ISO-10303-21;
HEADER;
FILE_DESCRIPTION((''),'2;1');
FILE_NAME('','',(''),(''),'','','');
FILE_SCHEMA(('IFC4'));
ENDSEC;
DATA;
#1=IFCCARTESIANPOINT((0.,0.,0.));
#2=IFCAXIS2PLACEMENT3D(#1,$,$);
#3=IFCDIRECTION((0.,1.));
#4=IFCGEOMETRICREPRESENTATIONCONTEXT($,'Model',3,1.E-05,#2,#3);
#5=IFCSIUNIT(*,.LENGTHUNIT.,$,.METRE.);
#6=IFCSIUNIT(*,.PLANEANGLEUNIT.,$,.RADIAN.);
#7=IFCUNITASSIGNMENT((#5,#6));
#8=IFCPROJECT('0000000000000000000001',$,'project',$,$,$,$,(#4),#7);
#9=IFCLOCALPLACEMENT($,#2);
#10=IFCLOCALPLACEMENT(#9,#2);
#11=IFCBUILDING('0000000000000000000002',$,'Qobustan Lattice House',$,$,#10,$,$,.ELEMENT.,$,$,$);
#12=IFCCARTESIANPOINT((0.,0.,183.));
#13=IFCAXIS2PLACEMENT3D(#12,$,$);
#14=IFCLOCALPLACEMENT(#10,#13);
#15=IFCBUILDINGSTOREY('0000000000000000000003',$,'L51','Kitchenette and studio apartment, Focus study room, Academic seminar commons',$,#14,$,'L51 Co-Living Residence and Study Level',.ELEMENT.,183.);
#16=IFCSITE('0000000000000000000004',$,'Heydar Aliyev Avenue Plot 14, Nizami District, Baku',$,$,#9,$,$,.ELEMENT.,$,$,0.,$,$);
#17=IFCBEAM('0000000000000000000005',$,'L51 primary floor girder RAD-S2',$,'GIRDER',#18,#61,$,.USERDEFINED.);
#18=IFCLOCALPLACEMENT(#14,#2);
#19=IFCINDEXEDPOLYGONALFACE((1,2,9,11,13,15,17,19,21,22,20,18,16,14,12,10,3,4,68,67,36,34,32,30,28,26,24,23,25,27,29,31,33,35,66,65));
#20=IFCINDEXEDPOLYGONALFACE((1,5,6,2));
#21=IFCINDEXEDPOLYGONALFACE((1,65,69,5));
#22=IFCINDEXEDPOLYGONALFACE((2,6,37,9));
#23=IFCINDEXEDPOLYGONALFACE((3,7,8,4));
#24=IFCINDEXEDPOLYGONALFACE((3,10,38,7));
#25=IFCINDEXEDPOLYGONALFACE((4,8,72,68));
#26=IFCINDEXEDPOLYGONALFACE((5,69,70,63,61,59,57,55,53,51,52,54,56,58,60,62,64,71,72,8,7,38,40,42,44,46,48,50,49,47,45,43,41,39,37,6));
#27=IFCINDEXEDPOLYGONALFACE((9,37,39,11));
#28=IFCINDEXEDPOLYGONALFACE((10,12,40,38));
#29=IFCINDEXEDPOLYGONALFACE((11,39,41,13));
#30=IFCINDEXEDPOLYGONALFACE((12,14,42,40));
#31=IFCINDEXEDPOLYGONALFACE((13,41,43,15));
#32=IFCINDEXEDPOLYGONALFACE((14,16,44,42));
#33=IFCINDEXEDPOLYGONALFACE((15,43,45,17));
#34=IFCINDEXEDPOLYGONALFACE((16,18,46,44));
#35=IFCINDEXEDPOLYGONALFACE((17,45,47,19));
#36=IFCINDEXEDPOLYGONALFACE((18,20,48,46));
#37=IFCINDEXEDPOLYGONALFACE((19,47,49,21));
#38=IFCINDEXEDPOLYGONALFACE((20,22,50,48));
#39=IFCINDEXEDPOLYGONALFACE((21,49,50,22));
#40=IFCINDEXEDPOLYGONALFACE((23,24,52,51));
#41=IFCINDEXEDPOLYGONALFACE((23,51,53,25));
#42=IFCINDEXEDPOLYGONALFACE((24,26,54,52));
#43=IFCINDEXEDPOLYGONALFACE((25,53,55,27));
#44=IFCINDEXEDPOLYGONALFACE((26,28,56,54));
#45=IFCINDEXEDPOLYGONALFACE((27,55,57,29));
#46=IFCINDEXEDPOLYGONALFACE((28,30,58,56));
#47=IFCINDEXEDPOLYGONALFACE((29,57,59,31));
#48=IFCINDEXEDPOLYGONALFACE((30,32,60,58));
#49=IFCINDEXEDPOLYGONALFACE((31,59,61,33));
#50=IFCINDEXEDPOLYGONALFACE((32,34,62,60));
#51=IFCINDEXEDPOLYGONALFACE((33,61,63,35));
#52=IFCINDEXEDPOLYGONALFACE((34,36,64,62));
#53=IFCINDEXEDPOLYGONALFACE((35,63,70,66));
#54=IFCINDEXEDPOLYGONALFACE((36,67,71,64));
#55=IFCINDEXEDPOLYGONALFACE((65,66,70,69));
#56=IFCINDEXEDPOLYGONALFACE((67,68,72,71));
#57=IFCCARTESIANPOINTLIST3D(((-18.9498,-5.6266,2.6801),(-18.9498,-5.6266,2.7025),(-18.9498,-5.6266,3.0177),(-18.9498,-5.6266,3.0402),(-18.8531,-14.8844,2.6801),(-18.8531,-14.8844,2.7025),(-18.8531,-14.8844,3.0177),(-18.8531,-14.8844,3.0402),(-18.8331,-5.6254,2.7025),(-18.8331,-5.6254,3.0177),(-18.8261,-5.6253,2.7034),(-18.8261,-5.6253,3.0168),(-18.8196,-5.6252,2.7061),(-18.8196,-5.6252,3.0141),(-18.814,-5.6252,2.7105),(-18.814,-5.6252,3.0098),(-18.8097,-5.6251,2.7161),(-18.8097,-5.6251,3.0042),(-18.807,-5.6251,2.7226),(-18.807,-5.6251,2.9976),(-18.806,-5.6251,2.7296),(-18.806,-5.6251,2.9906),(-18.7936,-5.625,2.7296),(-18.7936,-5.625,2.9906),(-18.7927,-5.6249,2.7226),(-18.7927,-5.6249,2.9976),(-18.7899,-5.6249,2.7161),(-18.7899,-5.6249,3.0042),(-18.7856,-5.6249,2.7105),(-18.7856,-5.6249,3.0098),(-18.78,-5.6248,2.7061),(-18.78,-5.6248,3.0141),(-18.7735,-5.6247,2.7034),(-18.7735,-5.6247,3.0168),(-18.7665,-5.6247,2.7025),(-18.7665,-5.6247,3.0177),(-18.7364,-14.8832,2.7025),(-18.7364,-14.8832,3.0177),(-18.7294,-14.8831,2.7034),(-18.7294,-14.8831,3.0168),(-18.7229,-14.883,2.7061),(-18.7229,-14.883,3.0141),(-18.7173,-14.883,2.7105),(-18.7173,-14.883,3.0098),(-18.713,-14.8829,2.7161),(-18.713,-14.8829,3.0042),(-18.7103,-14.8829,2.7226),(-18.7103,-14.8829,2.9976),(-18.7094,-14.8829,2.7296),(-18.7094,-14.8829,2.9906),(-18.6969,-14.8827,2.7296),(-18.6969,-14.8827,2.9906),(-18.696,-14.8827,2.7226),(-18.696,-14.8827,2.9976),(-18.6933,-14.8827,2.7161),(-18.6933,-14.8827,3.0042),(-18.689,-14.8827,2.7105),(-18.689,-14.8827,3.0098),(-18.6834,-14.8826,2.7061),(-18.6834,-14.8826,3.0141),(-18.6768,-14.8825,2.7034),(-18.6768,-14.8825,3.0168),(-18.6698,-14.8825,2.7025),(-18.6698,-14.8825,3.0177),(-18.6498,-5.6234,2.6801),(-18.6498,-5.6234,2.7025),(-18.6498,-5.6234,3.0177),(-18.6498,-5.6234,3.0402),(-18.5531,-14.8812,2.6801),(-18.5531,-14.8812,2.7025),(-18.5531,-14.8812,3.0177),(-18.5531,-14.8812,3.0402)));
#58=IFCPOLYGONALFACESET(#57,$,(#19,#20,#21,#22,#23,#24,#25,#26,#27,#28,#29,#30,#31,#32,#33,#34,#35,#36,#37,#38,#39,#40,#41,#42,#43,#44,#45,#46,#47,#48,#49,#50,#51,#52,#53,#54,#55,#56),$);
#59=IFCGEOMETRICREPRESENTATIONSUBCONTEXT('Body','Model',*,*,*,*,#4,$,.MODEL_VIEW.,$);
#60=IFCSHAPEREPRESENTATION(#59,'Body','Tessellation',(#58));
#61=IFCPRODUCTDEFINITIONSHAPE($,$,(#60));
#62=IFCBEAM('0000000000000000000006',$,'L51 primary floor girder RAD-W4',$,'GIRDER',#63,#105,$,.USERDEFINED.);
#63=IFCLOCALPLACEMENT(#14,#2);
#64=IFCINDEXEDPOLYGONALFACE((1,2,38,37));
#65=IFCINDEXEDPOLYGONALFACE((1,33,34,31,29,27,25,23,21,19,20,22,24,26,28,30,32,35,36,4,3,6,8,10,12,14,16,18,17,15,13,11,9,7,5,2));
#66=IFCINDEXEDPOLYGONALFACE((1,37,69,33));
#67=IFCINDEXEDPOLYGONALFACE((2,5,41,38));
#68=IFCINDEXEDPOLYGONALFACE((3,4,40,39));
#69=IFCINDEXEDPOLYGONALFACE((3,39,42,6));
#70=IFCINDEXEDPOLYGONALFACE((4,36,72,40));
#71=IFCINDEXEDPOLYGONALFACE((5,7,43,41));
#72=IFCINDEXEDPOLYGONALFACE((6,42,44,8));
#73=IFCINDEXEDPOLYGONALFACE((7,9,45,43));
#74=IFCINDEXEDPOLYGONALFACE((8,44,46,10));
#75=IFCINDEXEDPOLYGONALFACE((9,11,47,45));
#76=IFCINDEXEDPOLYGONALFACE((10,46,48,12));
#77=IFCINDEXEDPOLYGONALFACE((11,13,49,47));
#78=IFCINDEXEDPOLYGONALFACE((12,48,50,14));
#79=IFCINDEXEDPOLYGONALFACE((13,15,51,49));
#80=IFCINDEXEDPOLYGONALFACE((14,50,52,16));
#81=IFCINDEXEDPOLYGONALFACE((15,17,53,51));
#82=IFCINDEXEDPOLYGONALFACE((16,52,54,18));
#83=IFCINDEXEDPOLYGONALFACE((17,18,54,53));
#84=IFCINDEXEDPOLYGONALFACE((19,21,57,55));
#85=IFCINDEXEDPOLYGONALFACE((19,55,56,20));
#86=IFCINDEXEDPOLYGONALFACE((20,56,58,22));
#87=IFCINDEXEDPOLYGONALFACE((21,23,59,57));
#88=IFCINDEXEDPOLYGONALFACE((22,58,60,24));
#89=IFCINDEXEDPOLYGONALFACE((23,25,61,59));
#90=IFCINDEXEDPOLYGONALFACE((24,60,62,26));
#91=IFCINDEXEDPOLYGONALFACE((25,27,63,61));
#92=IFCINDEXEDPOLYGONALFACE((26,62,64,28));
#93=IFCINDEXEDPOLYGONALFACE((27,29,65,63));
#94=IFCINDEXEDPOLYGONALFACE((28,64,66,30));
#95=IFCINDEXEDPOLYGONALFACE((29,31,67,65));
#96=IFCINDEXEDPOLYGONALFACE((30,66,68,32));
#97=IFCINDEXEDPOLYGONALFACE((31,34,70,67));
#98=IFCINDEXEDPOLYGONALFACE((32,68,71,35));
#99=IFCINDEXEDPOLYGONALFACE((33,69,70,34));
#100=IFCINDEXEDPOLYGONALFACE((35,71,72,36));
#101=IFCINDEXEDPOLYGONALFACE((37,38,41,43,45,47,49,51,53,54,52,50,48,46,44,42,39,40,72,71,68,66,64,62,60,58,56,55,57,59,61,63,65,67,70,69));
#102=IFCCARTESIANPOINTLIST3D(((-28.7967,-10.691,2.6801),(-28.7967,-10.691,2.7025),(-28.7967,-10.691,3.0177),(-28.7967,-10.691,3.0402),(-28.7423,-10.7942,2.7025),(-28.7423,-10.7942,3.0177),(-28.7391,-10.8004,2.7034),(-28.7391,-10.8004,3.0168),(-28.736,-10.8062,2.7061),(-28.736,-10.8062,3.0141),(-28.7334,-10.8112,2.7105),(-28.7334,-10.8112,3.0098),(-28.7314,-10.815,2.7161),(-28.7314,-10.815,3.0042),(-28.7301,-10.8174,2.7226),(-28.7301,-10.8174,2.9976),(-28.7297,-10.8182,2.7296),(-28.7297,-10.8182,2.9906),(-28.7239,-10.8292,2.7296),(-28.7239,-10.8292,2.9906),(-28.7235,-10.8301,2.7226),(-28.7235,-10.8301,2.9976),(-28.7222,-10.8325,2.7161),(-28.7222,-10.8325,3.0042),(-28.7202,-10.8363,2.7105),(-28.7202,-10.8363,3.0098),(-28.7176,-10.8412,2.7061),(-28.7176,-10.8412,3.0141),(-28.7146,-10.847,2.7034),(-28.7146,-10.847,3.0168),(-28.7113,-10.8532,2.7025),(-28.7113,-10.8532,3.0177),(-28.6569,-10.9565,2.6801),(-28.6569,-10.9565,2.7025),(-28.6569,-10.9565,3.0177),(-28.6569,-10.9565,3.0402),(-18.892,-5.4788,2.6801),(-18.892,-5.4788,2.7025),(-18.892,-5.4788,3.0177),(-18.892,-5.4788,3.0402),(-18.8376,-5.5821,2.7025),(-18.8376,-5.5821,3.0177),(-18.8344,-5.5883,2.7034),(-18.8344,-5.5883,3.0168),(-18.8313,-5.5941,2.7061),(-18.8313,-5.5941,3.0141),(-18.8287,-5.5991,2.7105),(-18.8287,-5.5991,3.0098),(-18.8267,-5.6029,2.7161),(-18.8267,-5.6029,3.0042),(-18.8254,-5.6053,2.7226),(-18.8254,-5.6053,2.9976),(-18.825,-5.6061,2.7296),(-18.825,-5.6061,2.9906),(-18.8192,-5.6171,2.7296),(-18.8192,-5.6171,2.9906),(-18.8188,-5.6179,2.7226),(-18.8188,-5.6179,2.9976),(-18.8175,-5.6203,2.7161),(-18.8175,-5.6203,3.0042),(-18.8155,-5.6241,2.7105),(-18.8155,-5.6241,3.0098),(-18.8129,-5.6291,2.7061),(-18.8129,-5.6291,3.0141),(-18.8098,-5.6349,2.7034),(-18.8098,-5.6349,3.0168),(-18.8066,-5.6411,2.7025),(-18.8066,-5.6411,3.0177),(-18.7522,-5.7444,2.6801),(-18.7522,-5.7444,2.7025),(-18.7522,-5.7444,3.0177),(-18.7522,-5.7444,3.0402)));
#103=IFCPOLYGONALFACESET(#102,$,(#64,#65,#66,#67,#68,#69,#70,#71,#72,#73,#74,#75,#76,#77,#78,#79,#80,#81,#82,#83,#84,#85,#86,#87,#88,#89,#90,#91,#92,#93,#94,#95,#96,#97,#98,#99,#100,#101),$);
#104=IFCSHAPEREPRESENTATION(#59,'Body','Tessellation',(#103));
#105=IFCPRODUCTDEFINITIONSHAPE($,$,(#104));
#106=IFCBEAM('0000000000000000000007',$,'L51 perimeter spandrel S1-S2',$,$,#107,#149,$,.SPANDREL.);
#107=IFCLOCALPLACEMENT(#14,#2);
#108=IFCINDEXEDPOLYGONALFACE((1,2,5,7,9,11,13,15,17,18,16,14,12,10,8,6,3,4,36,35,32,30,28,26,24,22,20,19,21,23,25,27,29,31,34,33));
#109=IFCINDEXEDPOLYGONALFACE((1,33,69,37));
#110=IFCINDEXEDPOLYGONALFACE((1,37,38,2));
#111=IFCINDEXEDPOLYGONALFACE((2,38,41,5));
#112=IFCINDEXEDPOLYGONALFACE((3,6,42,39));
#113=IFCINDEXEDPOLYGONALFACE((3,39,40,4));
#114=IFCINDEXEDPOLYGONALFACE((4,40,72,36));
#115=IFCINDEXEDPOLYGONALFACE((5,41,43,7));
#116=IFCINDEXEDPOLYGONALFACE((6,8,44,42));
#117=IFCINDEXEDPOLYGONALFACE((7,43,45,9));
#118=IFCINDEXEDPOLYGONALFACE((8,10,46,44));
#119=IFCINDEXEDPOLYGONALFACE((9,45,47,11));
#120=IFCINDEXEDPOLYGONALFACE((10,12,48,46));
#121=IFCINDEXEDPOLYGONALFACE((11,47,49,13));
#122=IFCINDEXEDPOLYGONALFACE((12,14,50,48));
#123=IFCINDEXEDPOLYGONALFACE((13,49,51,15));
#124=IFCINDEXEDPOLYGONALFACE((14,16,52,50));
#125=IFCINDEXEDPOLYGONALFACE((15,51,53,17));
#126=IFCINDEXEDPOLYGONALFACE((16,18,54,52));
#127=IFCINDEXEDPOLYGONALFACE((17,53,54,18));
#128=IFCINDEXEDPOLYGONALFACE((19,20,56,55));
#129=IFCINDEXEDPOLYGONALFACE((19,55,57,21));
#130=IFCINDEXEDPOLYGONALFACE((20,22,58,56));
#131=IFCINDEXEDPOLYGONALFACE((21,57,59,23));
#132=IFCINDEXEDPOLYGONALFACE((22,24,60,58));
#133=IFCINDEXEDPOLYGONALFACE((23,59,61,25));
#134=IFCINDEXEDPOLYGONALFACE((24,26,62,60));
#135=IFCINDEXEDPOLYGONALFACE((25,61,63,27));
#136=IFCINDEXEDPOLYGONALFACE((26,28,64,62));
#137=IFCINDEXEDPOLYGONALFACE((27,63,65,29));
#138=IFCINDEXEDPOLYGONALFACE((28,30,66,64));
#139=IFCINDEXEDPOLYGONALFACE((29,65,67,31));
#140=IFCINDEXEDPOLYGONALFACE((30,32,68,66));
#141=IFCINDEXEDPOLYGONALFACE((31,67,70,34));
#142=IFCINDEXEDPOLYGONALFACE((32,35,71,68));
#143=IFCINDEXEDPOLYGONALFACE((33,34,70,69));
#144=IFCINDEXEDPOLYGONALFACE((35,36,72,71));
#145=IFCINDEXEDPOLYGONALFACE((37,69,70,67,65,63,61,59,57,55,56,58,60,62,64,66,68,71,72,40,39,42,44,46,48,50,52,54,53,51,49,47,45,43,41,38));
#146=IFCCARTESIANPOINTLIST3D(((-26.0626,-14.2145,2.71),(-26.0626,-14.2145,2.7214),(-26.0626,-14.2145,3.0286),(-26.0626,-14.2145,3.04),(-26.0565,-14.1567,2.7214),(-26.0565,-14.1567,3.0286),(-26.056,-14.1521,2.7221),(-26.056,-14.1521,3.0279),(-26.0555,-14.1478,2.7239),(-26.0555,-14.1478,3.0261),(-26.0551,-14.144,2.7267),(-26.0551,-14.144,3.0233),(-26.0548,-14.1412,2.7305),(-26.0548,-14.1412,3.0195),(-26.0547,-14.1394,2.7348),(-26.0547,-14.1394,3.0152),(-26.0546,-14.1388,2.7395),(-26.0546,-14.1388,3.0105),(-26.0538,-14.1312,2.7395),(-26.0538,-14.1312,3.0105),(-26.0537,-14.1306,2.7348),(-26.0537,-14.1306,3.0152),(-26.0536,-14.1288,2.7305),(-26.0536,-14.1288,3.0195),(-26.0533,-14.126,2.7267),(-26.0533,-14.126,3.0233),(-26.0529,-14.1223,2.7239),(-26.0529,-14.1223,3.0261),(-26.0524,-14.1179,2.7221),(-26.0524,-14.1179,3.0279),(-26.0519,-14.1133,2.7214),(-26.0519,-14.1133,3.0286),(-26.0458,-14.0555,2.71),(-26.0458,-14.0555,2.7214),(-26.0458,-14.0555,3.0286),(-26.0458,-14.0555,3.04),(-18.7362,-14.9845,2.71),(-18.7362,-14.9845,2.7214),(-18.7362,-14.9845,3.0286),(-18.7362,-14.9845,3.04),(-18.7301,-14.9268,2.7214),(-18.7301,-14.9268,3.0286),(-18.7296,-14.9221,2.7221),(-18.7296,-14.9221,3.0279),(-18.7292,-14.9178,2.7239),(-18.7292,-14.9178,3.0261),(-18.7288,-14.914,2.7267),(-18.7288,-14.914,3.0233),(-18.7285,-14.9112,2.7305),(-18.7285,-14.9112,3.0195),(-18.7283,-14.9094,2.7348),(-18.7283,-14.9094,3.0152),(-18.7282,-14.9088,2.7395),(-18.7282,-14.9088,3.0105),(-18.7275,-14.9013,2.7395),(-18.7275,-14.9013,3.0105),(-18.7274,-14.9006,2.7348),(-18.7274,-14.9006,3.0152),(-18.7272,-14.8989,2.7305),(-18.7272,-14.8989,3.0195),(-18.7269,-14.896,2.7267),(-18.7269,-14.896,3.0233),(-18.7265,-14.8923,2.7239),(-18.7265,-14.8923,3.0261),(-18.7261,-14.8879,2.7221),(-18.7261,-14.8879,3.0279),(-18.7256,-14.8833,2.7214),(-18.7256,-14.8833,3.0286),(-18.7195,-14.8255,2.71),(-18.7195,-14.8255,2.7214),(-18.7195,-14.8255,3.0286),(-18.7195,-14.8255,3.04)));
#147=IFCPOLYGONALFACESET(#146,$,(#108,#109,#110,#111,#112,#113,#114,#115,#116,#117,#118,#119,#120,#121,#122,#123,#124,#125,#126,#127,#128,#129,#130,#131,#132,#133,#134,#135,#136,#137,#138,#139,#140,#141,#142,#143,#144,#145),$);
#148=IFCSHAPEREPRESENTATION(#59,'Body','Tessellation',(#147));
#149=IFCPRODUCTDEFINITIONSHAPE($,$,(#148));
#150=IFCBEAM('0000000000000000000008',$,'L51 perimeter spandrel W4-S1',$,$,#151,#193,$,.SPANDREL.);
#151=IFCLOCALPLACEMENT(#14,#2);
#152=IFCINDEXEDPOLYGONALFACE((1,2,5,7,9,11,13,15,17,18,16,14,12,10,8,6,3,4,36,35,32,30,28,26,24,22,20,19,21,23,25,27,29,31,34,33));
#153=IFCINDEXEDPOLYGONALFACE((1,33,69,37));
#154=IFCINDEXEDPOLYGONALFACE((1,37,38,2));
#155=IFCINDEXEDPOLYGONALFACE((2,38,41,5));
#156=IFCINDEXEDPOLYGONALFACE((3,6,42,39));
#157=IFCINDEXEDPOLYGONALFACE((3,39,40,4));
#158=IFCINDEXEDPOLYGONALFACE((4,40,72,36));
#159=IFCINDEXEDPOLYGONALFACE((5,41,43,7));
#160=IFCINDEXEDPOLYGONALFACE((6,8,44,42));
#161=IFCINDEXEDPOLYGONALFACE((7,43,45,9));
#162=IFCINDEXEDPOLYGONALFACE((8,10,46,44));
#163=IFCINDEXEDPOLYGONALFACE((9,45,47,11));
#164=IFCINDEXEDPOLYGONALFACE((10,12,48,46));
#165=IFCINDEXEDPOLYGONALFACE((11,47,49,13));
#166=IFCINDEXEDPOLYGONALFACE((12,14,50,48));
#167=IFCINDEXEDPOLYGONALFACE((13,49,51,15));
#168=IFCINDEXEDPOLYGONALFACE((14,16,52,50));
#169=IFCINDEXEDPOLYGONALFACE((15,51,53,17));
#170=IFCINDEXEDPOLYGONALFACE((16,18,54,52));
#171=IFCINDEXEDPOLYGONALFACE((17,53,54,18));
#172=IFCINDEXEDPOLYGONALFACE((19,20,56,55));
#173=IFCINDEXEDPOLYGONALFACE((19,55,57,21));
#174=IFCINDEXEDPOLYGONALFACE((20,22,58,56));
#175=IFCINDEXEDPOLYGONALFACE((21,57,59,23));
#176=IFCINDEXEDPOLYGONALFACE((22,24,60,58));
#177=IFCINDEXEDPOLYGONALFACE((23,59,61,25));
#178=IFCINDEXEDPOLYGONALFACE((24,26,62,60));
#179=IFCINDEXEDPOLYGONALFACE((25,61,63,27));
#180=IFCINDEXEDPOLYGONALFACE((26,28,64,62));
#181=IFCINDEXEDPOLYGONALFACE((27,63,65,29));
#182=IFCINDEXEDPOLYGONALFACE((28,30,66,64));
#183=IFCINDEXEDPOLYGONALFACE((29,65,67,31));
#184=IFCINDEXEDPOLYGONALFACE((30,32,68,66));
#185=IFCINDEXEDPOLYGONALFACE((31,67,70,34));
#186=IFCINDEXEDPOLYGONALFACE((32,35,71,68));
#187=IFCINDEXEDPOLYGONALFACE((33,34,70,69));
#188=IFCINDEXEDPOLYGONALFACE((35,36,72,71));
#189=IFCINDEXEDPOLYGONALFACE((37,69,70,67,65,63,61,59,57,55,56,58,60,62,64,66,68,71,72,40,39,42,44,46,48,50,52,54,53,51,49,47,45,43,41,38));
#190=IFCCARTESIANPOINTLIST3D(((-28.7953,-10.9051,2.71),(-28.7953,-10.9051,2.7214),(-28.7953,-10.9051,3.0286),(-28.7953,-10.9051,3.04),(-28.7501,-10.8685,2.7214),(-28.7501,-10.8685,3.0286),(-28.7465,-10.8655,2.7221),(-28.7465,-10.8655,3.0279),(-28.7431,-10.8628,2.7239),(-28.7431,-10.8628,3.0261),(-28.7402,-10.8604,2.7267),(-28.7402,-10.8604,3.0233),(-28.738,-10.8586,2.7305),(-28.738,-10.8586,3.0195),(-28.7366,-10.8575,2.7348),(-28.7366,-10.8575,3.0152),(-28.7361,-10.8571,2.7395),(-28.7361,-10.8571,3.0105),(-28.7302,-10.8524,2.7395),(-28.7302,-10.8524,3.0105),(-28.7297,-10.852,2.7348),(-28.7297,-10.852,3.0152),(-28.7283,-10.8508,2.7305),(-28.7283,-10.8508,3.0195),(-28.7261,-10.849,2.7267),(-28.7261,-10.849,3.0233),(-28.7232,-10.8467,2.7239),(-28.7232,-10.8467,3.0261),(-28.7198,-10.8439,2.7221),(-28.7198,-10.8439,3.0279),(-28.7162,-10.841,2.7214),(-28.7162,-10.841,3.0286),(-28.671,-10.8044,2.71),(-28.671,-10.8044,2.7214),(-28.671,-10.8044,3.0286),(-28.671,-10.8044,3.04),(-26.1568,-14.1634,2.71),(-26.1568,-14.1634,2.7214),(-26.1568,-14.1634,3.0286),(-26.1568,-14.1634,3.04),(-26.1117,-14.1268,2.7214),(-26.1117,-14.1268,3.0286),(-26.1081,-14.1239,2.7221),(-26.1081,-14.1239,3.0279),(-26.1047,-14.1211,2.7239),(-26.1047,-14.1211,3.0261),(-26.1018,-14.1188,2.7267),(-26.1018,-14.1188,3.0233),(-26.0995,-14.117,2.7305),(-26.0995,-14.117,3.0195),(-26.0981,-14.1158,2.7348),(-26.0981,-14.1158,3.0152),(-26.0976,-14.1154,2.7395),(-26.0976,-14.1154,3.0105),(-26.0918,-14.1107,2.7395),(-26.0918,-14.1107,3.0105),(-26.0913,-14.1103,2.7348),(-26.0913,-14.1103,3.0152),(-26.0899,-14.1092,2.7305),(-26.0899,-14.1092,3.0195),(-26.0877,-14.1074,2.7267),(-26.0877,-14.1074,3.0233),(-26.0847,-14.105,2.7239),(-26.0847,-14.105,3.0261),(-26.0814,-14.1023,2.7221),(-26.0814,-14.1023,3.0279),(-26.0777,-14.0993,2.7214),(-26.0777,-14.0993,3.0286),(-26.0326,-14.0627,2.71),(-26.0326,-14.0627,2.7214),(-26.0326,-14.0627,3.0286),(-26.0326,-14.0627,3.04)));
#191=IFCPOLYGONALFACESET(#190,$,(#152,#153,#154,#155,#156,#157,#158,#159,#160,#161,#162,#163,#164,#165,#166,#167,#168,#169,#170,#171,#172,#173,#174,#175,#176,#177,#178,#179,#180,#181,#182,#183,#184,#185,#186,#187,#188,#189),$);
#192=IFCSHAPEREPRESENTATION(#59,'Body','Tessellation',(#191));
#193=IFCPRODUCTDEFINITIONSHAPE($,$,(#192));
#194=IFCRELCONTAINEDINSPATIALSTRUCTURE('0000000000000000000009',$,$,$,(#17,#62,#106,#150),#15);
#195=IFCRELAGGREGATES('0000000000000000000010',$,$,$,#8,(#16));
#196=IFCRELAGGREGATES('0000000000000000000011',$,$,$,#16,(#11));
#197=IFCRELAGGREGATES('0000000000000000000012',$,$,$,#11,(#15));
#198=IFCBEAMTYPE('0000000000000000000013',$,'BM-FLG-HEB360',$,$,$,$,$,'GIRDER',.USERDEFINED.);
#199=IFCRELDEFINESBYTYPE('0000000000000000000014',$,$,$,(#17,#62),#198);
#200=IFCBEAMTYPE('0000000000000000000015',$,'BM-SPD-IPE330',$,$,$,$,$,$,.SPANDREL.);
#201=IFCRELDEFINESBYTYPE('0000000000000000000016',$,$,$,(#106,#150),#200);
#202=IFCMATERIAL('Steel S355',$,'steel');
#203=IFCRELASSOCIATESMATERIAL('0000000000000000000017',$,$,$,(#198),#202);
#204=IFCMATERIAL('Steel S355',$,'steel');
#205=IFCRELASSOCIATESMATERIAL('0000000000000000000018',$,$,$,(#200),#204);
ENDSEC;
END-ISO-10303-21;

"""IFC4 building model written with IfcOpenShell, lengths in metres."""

from ifc_helpers import new_model, si_unit, direction, frame, origin, origin_2d, place, context, subcontext, project, spatial, i_section, extrude, material, material_profile, profile_set, type_object, element, save


model = new_model("IFC4")

# Units and contexts
model_context = context("Model", 3, precision=1e-05, world=origin(), true_north=direction((0.0, 1.0)))
body_context = subcontext(model_context, "Body", "Model", "MODEL_VIEW")
ifc_project = project(units=[si_unit("LENGTHUNIT", "METRE"), si_unit("PLANEANGLEUNIT", "RADIAN")], contexts=[model_context])

# Site, building, storey
site_placement = place(None, origin())
site = spatial("IfcSite", under=ifc_project, at=site_placement, Name="Heydar Aliyev Avenue Plot 14, Nizami District, Baku", CompositionType="ELEMENT", RefElevation=0.0)
building_placement = place(site_placement, origin())
building = spatial("IfcBuilding", under=site, at=building_placement, Name="Qobustan Lattice House", CompositionType="ELEMENT")
storey_placement = place(building_placement, frame((0.0, 0.0, 183.0)))
storey = spatial("IfcBuildingStorey", under=building, at=storey_placement, Name="L51", Description="Kitchenette and studio apartment, Focus study room, Academic seminar commons", LongName="L51 Co-Living Residence and Study Level", CompositionType="ELEMENT", Elevation=183.0)

# Beams
ifc_material_1 = material(Name="Steel S355", Category="steel")
ifc_material_profile_1 = material_profile(ifc_material_1, i_section(OverallWidth=0.3, OverallDepth=0.3601, WebThickness=0.0125, FlangeThickness=0.0225, FilletRadius=0.0271, at=origin_2d()), Name="HEB360")
ifc_profile_set_1 = profile_set([ifc_material_profile_1], Name="Steel S355")
beam_type_1 = type_object("IfcBeamType", Name="BM-FLG-HEB360", ElementType="GIRDER", PredefinedType="USERDEFINED", material=ifc_profile_set_1)
beam_1_placement = place(storey_placement, frame((-18.7031, -14.8828, 2.8601), z_axis=(-0.010442, 0.999945, 0.0), x_axis=(-0.999945, -0.010442, 0.0)))
element("IfcBeam", 1, at=beam_1_placement, inside=storey, type_object=beam_type_1, Name="L51 primary floor girder RAD-S2", ObjectType="GIRDER", PredefinedType="USERDEFINED", context=body_context, shape_type="SweptSolid", body=[
    extrude(i_section(OverallWidth=0.3, OverallDepth=0.3601, WebThickness=0.0125, FlangeThickness=0.0225, FilletRadius=0.0271, at=origin_2d()), origin(), (0.0, 0.0, 1.0), 9.2583),
])
beam_2_placement = place(storey_placement, frame((-28.7268, -10.8237, 2.8601), z_axis=(0.884951, 0.465684, 0.0), x_axis=(-0.465684, 0.884951, 0.0)))
element("IfcBeam", 2, at=beam_2_placement, inside=storey, type_object=beam_type_1, Name="L51 primary floor girder RAD-W4", ObjectType="GIRDER", PredefinedType="USERDEFINED", context=body_context, shape_type="SweptSolid", body=[
    extrude(i_section(OverallWidth=0.3, OverallDepth=0.3601, WebThickness=0.0125, FlangeThickness=0.0225, FilletRadius=0.0271, at=origin_2d()), origin(), (0.0, 0.0, 1.0), 11.1924),
])
ifc_material_2 = material(Name="Steel S355", Category="steel")
ifc_material_profile_2 = material_profile(ifc_material_2, i_section(OverallWidth=0.1599, OverallDepth=0.3301, WebThickness=0.0076, FlangeThickness=0.0115, FilletRadius=0.0181, at=origin_2d()), Name="IPE330")
ifc_profile_set_2 = profile_set([ifc_material_profile_2], Name="Steel S355")
beam_type_2 = type_object("IfcBeamType", Name="BM-SPD-IPE330", PredefinedType="SPANDREL", material=ifc_profile_set_2)
beam_3_placement = place(storey_placement, frame((-26.0542, -14.135, 2.875), z_axis=(0.994522, -0.104526, 0.0), x_axis=(0.104526, 0.994522, 0.0)))
element("IfcBeam", 3, at=beam_3_placement, inside=storey, type_object=beam_type_2, Name="L51 perimeter spandrel S1-S2", PredefinedType="SPANDREL", context=body_context, shape_type="SweptSolid", body=[
    extrude(i_section(OverallWidth=0.1599, OverallDepth=0.3301, WebThickness=0.0076, FlangeThickness=0.0115, FilletRadius=0.0181, at=origin_2d()), origin(), (0.0, 0.0, 1.0), 7.3667),
])
beam_4_placement = place(storey_placement, frame((-28.7332, -10.8547, 2.875), z_axis=(0.629307, -0.777157, 0.0), x_axis=(0.777157, 0.629307, 0.0)))
element("IfcBeam", 4, at=beam_4_placement, inside=storey, type_object=beam_type_2, Name="L51 perimeter spandrel W4-S1", PredefinedType="SPANDREL", context=body_context, shape_type="SweptSolid", body=[
    extrude(i_section(OverallWidth=0.1599, OverallDepth=0.3301, WebThickness=0.0076, FlangeThickness=0.0115, FilletRadius=0.0181, at=origin_2d()), origin(), (0.0, 0.0, 1.0), 4.1926),
])

save(model, "model.ifc")
